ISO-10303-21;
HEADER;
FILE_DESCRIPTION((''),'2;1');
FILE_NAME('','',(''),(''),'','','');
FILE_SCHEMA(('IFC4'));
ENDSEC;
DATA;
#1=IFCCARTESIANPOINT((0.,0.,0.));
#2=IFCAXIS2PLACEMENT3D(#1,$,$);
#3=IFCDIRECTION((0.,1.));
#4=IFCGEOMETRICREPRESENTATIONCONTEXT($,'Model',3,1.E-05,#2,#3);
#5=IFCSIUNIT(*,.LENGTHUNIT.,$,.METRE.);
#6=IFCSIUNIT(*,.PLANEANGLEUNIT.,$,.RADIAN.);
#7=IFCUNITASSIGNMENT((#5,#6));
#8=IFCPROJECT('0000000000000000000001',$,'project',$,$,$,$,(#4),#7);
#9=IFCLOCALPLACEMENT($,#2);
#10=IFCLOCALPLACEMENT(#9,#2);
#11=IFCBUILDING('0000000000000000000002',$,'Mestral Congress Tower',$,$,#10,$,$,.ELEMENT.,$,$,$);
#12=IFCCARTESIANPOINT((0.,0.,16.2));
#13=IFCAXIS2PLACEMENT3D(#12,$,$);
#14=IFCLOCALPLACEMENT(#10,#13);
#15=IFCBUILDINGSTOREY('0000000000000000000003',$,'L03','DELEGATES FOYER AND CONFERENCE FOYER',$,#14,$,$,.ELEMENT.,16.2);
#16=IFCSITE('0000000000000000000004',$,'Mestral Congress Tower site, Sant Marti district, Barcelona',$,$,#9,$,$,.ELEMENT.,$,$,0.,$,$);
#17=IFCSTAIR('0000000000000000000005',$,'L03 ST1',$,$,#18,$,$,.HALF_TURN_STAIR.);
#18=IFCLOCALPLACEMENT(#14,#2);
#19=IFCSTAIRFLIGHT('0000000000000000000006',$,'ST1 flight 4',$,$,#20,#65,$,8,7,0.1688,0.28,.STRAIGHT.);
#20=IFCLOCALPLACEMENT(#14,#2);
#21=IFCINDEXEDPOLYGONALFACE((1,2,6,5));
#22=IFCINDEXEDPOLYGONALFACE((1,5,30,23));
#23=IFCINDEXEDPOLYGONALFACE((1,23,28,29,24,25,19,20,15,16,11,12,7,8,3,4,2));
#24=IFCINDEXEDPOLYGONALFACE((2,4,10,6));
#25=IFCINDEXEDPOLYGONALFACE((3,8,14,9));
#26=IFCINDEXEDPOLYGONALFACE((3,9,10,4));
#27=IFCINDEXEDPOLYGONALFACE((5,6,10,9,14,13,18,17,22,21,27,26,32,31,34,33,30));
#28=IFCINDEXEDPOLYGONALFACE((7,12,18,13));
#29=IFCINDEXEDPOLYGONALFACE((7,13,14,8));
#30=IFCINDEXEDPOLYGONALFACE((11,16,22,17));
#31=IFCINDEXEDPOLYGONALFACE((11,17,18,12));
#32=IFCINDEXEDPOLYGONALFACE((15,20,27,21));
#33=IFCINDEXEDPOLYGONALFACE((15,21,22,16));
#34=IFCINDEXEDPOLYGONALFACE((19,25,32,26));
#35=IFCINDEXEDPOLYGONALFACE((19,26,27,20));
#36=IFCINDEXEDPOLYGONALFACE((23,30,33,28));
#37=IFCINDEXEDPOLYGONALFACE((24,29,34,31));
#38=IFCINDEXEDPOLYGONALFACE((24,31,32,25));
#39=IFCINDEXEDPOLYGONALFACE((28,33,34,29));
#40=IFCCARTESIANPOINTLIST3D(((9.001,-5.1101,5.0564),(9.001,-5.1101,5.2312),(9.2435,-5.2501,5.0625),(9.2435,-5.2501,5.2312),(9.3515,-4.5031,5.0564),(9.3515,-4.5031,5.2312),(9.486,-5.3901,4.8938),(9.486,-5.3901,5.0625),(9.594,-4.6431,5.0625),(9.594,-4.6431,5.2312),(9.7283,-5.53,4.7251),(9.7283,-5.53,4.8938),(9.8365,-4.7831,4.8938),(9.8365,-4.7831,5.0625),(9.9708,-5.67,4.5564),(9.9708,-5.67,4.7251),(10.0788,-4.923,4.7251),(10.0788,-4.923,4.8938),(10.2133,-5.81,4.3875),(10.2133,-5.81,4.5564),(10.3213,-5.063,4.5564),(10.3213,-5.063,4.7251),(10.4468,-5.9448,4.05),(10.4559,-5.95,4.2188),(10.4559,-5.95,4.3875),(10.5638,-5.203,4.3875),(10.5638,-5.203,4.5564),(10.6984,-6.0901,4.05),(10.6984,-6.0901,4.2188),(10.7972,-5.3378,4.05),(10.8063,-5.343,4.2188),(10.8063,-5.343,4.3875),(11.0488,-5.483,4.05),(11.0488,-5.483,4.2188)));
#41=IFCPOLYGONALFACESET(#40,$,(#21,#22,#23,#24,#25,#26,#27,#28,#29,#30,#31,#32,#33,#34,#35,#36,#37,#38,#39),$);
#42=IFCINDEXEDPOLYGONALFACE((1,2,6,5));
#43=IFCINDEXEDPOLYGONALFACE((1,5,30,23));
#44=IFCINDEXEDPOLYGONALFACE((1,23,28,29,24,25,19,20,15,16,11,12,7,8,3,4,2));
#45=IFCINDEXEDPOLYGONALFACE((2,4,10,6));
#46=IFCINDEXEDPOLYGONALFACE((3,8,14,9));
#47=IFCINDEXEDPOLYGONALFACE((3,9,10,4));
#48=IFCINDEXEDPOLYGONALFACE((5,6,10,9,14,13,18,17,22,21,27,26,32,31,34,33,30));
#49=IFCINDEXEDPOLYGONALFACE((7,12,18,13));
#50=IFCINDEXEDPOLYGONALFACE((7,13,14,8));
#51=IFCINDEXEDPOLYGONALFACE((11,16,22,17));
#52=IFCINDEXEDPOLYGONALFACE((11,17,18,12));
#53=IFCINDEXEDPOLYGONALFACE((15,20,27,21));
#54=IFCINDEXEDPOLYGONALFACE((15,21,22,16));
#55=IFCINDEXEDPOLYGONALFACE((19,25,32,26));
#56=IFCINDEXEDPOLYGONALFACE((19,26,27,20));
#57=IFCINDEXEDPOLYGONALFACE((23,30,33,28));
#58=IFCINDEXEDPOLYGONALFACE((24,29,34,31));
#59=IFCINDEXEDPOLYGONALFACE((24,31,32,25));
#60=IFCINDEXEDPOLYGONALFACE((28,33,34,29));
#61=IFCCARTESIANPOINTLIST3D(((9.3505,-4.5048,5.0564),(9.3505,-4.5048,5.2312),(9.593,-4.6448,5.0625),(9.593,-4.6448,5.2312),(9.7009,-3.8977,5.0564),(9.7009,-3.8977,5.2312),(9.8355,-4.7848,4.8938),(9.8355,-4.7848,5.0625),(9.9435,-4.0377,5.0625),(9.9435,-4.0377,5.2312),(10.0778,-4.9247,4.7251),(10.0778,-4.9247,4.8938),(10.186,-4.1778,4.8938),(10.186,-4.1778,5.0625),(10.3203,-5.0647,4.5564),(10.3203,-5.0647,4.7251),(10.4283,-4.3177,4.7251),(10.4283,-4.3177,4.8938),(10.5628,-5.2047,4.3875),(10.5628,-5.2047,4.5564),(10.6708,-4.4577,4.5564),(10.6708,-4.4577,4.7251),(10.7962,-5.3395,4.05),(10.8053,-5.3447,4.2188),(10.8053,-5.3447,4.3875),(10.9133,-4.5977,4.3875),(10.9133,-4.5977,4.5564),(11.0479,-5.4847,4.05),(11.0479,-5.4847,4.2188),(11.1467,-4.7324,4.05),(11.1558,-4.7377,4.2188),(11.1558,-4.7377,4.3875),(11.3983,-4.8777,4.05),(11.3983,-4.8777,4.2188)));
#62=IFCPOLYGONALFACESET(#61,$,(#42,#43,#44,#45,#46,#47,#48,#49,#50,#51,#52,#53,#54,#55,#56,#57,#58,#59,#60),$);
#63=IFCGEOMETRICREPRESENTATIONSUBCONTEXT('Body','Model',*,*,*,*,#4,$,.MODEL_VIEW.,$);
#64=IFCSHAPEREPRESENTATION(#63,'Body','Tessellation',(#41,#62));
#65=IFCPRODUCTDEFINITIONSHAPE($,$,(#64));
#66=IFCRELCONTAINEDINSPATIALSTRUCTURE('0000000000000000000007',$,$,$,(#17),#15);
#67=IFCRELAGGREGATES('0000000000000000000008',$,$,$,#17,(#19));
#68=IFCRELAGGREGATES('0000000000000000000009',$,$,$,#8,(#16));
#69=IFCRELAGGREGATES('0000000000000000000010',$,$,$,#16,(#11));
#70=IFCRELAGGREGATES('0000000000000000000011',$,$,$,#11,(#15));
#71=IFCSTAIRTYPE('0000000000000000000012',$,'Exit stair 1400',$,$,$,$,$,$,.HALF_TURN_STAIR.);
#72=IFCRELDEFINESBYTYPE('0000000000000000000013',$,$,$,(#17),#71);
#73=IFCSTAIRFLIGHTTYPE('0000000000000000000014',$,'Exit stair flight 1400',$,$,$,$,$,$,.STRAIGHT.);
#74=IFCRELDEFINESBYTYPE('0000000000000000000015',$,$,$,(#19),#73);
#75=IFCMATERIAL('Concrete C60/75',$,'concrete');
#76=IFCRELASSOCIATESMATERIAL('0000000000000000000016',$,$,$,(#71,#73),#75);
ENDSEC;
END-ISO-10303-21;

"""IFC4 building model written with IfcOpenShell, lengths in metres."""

from ifc_helpers import new_model, si_unit, direction, frame, origin, place, context, subcontext, project, spatial, polyline, outline, extrude, material, type_object, element, aggregate, save


model = new_model("IFC4")

# Units and contexts
model_context = context("Model", 3, precision=1e-05, world=origin(), true_north=direction((0.0, 1.0)))
body_context = subcontext(model_context, "Body", "Model", "MODEL_VIEW")
ifc_project = project(units=[si_unit("LENGTHUNIT", "METRE"), si_unit("PLANEANGLEUNIT", "RADIAN")], contexts=[model_context])

# Site, building, storey
site_placement = place(None, origin())
site = spatial("IfcSite", under=ifc_project, at=site_placement, Name="Mestral Congress Tower site, Sant Marti district, Barcelona", CompositionType="ELEMENT", RefElevation=0.0)
building_placement = place(site_placement, origin())
building = spatial("IfcBuilding", under=site, at=building_placement, Name="Mestral Congress Tower", CompositionType="ELEMENT")
storey_placement = place(building_placement, frame((0.0, 0.0, 16.2)))
storey = spatial("IfcBuildingStorey", under=building, at=storey_placement, Name="L03", Description="DELEGATES FOYER AND CONFERENCE FOYER", CompositionType="ELEMENT", Elevation=16.2)

# Shared definitions
ifc_material_1 = material(Name="Concrete C60/75", Category="concrete")

# Stair, stair flight
stair_type = type_object("IfcStairType", Name="Exit stair 1400", PredefinedType="HALF_TURN_STAIR", material=ifc_material_1)
stair_placement = place(storey_placement, origin())
stair = element("IfcStair", 1, at=stair_placement, inside=storey, type_object=stair_type, Name="L03 ST1", PredefinedType="HALF_TURN_STAIR")
stair_flight_type = type_object("IfcStairFlightType", Name="Exit stair flight 1400", PredefinedType="STRAIGHT", material=ifc_material_1)
stair_flight_1_placement = place(storey_placement, frame((11.0483, -5.4839, 4.05), z_axis=(0.0, 0.0, 1.0), x_axis=(-0.866025, 0.5, 0.0)))
stair_flight_1 = element("IfcStairFlight", 2, at=stair_flight_1_placement, type_object=stair_flight_type, Name="ST1 flight 4", NumberOfRisers=8, NumberOfTreads=7, PredefinedType="STRAIGHT", RiserHeight=0.1688, TreadLength=0.28, context=body_context, shape_type="SweptSolid", body=[
    extrude(outline(polyline([(0.0, 0.0), (0.0, 0.1687), (0.28, 0.1687), (0.28, 0.3374), (0.5601, 0.3374), (0.5601, 0.5063), (0.8401, 0.5063), (0.8401, 0.675), (1.1201, 0.675), (1.1201, 0.8438), (1.3999, 0.8438), (1.3999, 1.0125), (1.6799, 1.0125), (1.6799, 1.1812), (1.96, 1.1812), (1.96, 1.3501), (1.96, 1.0063), (0.2905, 0.0), (0.0, 0.0)])), frame((0.0, 0.7, 0.0), z_axis=(0.0, -1.0, 0.0), x_axis=(1.0, 0.0, 0.0)), (0.0, 0.0, 1.0), 0.7009),
    extrude(outline(polyline([(0.0, 0.0), (0.0, 0.1687), (0.28, 0.1687), (0.28, 0.3374), (0.5601, 0.3374), (0.5601, 0.5063), (0.8401, 0.5063), (0.8401, 0.675), (1.1201, 0.675), (1.1201, 0.8438), (1.3999, 0.8438), (1.3999, 1.0125), (1.6799, 1.0125), (1.6799, 1.1812), (1.96, 1.1812), (1.96, 1.3501), (1.96, 1.0063), (0.2905, 0.0), (0.0, 0.0)])), frame((0.0, 0.001, 0.0), z_axis=(0.0, -1.0, 0.0), x_axis=(1.0, 0.0, 0.0)), (0.0, 0.0, 1.0), 0.7009),
])
aggregate(stair, [stair_flight_1])

save(model, "model.ifc")
